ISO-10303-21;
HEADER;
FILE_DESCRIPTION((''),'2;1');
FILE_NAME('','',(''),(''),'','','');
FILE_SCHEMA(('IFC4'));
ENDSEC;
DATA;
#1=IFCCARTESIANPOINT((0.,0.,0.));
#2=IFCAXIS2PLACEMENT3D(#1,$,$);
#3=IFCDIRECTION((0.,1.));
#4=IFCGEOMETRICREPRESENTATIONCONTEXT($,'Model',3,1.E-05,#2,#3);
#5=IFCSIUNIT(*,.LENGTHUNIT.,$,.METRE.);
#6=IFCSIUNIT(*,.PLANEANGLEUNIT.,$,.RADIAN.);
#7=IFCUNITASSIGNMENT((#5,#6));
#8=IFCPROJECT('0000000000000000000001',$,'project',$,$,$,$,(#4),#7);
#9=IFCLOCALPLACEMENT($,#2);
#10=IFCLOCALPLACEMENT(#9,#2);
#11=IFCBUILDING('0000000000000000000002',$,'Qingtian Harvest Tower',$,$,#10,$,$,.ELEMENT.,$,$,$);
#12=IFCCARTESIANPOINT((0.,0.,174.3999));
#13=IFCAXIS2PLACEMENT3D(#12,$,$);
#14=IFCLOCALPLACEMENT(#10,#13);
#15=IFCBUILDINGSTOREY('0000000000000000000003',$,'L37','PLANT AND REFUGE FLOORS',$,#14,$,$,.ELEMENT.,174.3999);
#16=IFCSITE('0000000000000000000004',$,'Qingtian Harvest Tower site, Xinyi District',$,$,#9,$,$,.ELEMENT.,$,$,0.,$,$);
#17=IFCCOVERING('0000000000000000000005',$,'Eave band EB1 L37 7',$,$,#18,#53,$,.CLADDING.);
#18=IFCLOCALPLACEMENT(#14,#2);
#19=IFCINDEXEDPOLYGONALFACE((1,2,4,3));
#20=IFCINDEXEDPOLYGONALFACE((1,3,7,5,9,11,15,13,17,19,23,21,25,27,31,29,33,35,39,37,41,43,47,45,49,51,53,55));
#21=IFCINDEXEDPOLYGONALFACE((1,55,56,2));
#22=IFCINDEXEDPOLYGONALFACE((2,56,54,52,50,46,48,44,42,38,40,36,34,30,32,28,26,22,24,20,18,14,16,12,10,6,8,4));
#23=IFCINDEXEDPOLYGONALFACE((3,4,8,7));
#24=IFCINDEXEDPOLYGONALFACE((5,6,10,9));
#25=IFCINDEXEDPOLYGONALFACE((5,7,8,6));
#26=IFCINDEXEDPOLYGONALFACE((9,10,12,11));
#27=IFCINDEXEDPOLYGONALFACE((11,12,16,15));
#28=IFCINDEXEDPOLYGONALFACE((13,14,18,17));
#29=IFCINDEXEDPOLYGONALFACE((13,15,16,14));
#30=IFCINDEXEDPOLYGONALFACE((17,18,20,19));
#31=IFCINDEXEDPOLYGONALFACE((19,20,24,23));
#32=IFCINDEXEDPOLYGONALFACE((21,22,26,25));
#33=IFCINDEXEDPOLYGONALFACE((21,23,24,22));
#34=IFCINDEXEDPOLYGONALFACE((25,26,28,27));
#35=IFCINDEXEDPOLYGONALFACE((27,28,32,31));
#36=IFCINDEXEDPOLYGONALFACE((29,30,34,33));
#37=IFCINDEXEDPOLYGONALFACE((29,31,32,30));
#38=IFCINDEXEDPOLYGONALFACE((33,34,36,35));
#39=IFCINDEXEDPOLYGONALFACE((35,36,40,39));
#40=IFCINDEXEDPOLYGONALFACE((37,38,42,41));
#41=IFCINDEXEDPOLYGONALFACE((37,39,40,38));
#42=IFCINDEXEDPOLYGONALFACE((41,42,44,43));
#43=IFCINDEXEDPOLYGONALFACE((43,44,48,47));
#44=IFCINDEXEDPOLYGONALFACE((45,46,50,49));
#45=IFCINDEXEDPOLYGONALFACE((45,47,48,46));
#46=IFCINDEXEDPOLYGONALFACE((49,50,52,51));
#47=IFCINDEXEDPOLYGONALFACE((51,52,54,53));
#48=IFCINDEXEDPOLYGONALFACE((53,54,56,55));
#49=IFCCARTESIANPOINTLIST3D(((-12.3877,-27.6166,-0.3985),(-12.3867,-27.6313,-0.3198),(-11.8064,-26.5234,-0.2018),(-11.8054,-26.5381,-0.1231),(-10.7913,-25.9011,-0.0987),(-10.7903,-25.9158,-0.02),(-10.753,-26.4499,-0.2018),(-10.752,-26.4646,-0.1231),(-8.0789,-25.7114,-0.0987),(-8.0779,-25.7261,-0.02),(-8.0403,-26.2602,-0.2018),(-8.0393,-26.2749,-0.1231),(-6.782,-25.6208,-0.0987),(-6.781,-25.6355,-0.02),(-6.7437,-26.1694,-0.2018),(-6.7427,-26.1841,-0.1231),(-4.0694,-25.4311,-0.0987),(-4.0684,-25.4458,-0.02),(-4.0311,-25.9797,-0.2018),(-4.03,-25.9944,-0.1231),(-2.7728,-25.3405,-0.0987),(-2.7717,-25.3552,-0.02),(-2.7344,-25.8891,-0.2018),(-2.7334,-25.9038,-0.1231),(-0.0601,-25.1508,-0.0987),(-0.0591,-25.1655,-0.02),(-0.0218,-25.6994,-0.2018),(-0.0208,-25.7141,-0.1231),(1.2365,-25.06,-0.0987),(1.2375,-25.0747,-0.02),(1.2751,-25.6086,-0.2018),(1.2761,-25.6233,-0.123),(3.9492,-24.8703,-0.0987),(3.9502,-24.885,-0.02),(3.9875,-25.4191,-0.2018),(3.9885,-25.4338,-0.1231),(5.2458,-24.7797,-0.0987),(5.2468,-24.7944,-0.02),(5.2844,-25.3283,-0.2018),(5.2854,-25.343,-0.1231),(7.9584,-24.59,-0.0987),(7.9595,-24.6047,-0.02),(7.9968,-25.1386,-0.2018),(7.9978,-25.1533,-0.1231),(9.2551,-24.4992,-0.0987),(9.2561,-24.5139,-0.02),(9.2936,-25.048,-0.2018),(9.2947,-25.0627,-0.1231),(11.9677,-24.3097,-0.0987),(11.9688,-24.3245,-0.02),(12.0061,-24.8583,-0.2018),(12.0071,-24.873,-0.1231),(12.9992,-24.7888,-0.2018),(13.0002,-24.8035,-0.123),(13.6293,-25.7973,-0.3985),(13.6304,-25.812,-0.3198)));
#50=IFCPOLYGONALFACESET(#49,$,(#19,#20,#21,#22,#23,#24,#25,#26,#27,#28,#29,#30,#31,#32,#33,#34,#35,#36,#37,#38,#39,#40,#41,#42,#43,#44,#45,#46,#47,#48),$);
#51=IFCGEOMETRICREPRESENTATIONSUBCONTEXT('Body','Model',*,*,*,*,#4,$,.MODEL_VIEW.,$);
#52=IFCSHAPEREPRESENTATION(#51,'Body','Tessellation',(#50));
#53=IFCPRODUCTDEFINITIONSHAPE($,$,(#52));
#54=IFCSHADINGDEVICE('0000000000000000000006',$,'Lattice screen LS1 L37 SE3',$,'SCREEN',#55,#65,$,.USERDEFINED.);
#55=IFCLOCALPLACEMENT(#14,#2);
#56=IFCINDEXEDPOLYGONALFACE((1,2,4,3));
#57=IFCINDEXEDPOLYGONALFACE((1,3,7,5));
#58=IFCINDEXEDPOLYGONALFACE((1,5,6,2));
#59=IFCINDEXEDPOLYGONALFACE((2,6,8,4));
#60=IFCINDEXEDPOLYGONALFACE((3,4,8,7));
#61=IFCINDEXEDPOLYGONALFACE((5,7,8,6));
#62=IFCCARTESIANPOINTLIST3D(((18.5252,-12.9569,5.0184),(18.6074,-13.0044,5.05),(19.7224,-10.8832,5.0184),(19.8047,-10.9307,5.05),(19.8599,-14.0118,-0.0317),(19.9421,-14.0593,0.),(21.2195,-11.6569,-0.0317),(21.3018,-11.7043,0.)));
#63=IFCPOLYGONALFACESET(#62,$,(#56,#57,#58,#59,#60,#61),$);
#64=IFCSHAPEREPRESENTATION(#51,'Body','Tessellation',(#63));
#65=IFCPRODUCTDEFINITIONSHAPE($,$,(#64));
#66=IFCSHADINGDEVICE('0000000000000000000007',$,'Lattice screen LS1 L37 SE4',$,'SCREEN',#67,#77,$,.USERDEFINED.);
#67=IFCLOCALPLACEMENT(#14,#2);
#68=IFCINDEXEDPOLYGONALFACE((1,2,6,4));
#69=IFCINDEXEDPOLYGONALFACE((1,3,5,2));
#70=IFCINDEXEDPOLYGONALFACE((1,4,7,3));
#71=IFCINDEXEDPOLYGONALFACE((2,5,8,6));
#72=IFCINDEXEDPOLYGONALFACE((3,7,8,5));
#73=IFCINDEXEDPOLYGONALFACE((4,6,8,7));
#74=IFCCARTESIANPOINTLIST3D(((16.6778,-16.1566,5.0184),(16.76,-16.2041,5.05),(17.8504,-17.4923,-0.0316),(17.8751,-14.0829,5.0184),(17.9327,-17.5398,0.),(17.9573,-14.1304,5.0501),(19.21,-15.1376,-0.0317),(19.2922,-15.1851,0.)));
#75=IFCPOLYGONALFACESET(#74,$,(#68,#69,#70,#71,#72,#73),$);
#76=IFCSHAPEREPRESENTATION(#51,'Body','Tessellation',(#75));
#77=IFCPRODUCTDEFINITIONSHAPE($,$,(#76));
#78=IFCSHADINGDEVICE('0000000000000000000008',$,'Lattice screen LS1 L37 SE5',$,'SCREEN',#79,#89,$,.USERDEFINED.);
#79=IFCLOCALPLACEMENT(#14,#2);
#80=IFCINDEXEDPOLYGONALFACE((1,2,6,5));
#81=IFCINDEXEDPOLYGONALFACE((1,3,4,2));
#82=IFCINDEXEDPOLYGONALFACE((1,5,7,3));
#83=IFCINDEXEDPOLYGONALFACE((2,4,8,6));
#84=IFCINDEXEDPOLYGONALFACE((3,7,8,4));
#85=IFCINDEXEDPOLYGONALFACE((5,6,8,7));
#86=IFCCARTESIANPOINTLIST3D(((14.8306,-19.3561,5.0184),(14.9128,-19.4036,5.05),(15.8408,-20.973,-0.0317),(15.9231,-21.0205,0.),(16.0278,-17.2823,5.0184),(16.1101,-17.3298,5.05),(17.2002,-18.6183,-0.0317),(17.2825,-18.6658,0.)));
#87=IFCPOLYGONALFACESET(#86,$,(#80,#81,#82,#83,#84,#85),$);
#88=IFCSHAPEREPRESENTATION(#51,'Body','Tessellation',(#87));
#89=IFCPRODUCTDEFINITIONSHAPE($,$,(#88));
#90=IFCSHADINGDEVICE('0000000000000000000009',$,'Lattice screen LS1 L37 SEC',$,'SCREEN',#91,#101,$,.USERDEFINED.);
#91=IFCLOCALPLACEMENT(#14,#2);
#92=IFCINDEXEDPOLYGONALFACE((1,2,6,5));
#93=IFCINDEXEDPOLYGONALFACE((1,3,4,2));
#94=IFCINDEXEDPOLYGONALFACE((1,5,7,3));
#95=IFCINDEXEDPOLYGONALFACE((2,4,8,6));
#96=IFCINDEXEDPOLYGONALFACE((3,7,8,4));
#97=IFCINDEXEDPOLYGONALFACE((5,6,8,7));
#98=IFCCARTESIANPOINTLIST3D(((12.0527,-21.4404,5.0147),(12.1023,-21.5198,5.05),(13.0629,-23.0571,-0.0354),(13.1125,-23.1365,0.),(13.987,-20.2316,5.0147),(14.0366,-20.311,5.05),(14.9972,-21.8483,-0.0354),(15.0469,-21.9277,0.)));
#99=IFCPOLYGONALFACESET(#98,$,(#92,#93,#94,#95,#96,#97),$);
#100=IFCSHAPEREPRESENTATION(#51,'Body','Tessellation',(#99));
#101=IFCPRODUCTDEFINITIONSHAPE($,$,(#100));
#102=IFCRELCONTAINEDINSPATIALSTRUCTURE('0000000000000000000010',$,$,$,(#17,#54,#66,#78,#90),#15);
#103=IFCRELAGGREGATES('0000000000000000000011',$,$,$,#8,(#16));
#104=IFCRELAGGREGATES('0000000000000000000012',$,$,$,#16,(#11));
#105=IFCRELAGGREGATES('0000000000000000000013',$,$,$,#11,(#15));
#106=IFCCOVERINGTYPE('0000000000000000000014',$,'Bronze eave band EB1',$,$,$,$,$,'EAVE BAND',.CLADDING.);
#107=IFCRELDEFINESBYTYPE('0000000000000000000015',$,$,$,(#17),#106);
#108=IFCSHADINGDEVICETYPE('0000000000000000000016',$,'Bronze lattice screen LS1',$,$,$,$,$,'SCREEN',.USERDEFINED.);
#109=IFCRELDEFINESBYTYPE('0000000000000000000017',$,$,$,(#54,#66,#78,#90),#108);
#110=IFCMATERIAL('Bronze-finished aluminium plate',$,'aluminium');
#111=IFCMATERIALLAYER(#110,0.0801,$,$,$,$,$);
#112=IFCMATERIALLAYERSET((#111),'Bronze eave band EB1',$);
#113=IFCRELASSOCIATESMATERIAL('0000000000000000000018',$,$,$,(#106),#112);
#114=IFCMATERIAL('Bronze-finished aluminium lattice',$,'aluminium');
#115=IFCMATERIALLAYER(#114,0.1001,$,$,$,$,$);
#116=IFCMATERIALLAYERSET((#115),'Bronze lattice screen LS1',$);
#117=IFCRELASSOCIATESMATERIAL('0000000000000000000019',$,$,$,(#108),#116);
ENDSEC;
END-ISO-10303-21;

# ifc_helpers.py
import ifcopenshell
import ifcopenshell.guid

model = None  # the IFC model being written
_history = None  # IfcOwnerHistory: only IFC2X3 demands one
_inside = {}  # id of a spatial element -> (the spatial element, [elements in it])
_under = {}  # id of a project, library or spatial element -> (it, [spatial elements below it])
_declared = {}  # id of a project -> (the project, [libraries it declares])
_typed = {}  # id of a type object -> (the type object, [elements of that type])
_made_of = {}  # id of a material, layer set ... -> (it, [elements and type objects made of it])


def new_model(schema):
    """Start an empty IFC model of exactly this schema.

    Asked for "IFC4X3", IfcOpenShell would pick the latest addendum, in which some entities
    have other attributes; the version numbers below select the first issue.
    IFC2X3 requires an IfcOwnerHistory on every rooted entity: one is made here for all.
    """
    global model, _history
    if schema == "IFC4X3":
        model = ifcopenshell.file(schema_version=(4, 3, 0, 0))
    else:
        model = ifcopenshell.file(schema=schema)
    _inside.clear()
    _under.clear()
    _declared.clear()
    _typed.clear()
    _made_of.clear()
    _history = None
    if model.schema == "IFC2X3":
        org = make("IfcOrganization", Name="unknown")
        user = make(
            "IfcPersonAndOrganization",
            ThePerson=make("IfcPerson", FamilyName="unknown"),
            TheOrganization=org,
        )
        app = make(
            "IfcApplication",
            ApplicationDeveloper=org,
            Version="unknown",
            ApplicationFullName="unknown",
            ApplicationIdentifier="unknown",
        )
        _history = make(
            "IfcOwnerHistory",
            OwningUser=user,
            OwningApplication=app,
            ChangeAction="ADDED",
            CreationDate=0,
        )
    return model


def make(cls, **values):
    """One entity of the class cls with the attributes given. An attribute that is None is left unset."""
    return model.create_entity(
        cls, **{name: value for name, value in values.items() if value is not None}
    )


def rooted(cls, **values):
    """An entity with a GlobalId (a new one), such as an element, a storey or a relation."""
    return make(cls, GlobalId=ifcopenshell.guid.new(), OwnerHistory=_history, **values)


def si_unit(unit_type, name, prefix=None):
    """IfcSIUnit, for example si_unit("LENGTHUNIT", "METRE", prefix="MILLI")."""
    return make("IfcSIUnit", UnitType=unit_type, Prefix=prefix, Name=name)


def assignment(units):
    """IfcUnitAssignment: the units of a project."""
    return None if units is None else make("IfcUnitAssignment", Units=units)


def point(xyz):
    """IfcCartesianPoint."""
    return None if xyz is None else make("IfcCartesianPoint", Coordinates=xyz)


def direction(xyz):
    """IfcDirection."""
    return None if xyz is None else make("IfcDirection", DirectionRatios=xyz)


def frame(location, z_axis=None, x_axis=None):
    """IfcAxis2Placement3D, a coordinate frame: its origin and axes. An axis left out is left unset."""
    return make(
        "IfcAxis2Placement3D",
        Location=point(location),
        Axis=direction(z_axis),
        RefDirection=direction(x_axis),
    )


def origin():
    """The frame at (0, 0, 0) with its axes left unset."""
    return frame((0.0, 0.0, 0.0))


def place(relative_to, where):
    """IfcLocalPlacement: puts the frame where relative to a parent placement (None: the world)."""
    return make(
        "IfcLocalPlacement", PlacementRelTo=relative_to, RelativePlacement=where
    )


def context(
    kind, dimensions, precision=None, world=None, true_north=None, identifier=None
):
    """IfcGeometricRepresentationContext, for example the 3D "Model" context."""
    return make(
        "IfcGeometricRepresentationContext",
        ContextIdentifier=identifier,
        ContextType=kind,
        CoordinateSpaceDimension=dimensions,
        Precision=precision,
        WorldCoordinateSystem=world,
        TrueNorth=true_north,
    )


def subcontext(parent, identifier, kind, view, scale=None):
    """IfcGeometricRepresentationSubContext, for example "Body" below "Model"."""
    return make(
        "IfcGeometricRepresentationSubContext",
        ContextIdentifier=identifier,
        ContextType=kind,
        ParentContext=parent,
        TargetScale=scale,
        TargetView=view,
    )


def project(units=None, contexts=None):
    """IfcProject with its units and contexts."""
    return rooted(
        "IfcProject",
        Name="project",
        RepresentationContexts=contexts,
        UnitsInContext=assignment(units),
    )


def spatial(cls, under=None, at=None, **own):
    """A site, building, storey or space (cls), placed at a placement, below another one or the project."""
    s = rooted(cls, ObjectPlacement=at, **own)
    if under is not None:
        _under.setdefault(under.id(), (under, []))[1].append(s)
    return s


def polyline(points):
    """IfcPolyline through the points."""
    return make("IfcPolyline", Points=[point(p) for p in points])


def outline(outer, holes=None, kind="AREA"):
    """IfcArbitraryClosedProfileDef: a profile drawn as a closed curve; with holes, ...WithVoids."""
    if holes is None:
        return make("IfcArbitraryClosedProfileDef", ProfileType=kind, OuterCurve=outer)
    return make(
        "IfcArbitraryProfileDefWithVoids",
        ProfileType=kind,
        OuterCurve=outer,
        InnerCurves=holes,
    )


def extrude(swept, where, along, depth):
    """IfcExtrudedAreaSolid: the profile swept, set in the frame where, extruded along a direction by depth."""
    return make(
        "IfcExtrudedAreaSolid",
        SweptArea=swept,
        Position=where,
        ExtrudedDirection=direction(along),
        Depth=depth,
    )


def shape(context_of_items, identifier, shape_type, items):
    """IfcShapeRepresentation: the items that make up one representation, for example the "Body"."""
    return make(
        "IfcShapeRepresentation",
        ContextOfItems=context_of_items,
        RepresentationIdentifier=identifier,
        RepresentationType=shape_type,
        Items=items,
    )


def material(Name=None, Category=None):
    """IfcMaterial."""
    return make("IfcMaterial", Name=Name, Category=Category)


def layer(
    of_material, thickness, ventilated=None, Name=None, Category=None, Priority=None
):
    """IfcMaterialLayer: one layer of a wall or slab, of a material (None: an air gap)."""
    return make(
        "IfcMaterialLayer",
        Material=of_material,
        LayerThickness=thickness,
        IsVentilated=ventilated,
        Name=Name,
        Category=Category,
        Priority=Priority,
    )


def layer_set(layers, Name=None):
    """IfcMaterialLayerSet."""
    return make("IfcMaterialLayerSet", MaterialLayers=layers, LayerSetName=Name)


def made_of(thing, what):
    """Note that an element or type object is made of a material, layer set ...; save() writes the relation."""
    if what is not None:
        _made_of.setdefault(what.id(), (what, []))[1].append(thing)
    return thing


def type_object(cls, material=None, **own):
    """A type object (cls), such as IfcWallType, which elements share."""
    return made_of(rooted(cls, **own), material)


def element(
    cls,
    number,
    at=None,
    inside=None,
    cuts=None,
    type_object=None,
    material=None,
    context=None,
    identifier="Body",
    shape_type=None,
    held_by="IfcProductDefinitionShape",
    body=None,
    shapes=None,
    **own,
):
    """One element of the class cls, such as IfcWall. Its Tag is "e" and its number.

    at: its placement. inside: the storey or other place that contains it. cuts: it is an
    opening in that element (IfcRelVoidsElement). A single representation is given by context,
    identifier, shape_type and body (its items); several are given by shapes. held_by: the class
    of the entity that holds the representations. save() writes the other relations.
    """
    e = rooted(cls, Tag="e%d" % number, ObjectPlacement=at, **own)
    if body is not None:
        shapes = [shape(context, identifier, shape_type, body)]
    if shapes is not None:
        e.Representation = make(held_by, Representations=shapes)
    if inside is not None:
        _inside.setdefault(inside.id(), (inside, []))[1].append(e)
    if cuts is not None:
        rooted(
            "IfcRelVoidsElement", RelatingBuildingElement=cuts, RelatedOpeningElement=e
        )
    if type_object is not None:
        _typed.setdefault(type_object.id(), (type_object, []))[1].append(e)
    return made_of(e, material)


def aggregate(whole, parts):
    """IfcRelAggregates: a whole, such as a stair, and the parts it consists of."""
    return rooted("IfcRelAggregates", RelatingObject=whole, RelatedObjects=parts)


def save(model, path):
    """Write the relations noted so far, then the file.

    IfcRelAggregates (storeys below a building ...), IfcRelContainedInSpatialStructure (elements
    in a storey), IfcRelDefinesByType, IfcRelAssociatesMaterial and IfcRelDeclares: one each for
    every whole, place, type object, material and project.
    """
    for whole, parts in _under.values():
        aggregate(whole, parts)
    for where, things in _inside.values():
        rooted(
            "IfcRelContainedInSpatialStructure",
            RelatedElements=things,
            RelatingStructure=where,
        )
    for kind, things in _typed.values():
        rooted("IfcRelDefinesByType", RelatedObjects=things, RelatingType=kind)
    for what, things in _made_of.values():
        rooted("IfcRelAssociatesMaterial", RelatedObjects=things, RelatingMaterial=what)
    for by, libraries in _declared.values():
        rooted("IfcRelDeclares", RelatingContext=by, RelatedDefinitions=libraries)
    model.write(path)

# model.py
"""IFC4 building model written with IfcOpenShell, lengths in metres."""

from ifc_helpers import new_model, si_unit, direction, frame, origin, place, context, subcontext, project, spatial, polyline, outline, extrude, material, layer, layer_set, type_object, element, save


model = new_model("IFC4")

# Units and contexts
model_context = context("Model", 3, precision=1e-05, world=origin(), true_north=direction((0.0, 1.0)))
body_context = subcontext(model_context, "Body", "Model", "MODEL_VIEW")
ifc_project = project(units=[si_unit("LENGTHUNIT", "METRE"), si_unit("PLANEANGLEUNIT", "RADIAN")], contexts=[model_context])

# Site, building, storey
site_placement = place(None, origin())
site = spatial("IfcSite", under=ifc_project, at=site_placement, Name="Qingtian Harvest Tower site, Xinyi District", CompositionType="ELEMENT", RefElevation=0.0)
building_placement = place(site_placement, origin())
building = spatial("IfcBuilding", under=site, at=building_placement, Name="Qingtian Harvest Tower", CompositionType="ELEMENT")
storey_placement = place(building_placement, frame((0.0, 0.0, 174.3999)))
storey = spatial("IfcBuildingStorey", under=building, at=storey_placement, Name="L37", Description="PLANT AND REFUGE FLOORS", CompositionType="ELEMENT", Elevation=174.3999)

# Covering
ifc_material_1 = material(Name="Bronze-finished aluminium plate", Category="aluminium")
ifc_layer_1 = layer(ifc_material_1, 0.0801)
ifc_layer_set_1 = layer_set([ifc_layer_1], Name="Bronze eave band EB1")
covering_type = type_object("IfcCoveringType", Name="Bronze eave band EB1", ElementType="EAVE BAND", PredefinedType="CLADDING", material=ifc_layer_set_1)
covering_1_placement = place(storey_placement, frame((11.9688, -24.3245, -0.02), z_axis=(0.012848, -0.183736, 0.982892), x_axis=(0.068509, -0.980501, -0.184185)))
element("IfcCovering", 1, at=covering_1_placement, inside=storey, type_object=covering_type, Name="Eave band EB1 L37 7", PredefinedType="CLADDING", context=body_context, shape_type="SweptSolid", body=[
    extrude(outline(polyline([(0.0, 0.0), (0.5595, 0.0), (0.5593, 0.9956), (1.6276, 1.5539), (1.6291, -24.5267), (0.5607, -23.8706), (0.5608, -22.8146), (0.0011, -22.8146), (0.0009, -20.0956), (0.5607, -20.0953), (0.5604, -18.7955), (0.001, -18.7955), (0.0008, -16.0763), (0.5603, -16.0763), (0.5603, -14.7765), (0.0008, -14.7765), (0.0007, -12.0572), (0.5601, -12.0572), (0.5599, -10.7572), (0.0004, -10.7574), (0.0003, -8.0381), (0.56, -8.0381), (0.5598, -6.7381), (0.0003, -6.7383), (0.0001, -4.0191), (0.5596, -4.0191), (0.5597, -2.719), (-0.0001, -2.7193), (0.0, 0.0)])), origin(), (0.0, 0.0, -1.0), 0.0801),
])

# Shading devices
ifc_material_2 = material(Name="Bronze-finished aluminium lattice", Category="aluminium")
ifc_layer_2 = layer(ifc_material_2, 0.1001)
ifc_layer_set_2 = layer_set([ifc_layer_2], Name="Bronze lattice screen LS1")
shading_device_type = type_object("IfcShadingDeviceType", Name="Bronze lattice screen LS1", ElementType="SCREEN", PredefinedType="USERDEFINED", material=ifc_layer_set_2)
shading_device_1_placement = place(storey_placement, frame((21.3018, -11.7043, 0.0), z_axis=(0.821586, -0.474337, 0.316228), x_axis=(-0.499995, -0.866028, -0.000001)))
element("IfcShadingDevice", 2, at=shading_device_1_placement, inside=storey, type_object=shading_device_type, Name="Lattice screen LS1 L37 SE3", ObjectType="SCREEN", PredefinedType="USERDEFINED", context=body_context, shape_type="SweptSolid", body=[
    extrude(outline(polyline([(0.0, 0.0), (2.7193, 0.0), (2.473, -5.3232), (0.0785, -5.3232), (0.0, 0.0)])), origin(), (0.0, 0.0, -1.0), 0.1001),
])
shading_device_2_placement = place(storey_placement, frame((19.2922, -15.1851, 0.0), z_axis=(0.821572, -0.474355, 0.316238), x_axis=(-0.500017, -0.866015, 0.000005)))
element("IfcShadingDevice", 3, at=shading_device_2_placement, inside=storey, type_object=shading_device_type, Name="Lattice screen LS1 L37 SE4", ObjectType="SCREEN", PredefinedType="USERDEFINED", context=body_context, shape_type="SweptSolid", body=[
    extrude(outline(polyline([(0.0, 0.0), (2.7191, 0.0), (2.1487, -5.3232), (-0.2458, -5.3233), (0.0, 0.0)])), origin(), (0.0, 0.0, -1.0), 0.1001),
])
shading_device_3_placement = place(storey_placement, frame((17.2825, -18.6658, 0.0), z_axis=(0.821597, -0.474324, 0.31622), x_axis=(-0.499978, -0.866038, -0.000006)))
element("IfcShadingDevice", 4, at=shading_device_3_placement, inside=storey, type_object=shading_device_type, Name="Lattice screen LS1 L37 SE5", ObjectType="SCREEN", PredefinedType="USERDEFINED", context=body_context, shape_type="SweptSolid", body=[
    extrude(outline(polyline([(0.0, 0.0), (2.7189, 0.0), (1.8237, -5.3232), (-0.5708, -5.3232), (0.0, 0.0)])), origin(), (0.0, 0.0, -1.0), 0.1001),
])
shading_device_4_placement = place(storey_placement, frame((15.0469, -21.9277, 0.0), z_axis=(0.495782, -0.793391, 0.353173), x_axis=(-0.84804, -0.529932, 0.0)))
element("IfcShadingDevice", 5, at=shading_device_4_placement, inside=storey, type_object=shading_device_type, Name="Lattice screen LS1 L37 SEC", ObjectType="SCREEN", PredefinedType="USERDEFINED", context=body_context, shape_type="SweptSolid", body=[
    extrude(outline(polyline([(0.0, 0.0), (2.2809, 0.0), (2.2809, -5.3979), (0.0, -5.3979), (0.0, 0.0)])), origin(), (0.0, 0.0, -1.0), 0.1001),
])

save(model, "model.ifc")
